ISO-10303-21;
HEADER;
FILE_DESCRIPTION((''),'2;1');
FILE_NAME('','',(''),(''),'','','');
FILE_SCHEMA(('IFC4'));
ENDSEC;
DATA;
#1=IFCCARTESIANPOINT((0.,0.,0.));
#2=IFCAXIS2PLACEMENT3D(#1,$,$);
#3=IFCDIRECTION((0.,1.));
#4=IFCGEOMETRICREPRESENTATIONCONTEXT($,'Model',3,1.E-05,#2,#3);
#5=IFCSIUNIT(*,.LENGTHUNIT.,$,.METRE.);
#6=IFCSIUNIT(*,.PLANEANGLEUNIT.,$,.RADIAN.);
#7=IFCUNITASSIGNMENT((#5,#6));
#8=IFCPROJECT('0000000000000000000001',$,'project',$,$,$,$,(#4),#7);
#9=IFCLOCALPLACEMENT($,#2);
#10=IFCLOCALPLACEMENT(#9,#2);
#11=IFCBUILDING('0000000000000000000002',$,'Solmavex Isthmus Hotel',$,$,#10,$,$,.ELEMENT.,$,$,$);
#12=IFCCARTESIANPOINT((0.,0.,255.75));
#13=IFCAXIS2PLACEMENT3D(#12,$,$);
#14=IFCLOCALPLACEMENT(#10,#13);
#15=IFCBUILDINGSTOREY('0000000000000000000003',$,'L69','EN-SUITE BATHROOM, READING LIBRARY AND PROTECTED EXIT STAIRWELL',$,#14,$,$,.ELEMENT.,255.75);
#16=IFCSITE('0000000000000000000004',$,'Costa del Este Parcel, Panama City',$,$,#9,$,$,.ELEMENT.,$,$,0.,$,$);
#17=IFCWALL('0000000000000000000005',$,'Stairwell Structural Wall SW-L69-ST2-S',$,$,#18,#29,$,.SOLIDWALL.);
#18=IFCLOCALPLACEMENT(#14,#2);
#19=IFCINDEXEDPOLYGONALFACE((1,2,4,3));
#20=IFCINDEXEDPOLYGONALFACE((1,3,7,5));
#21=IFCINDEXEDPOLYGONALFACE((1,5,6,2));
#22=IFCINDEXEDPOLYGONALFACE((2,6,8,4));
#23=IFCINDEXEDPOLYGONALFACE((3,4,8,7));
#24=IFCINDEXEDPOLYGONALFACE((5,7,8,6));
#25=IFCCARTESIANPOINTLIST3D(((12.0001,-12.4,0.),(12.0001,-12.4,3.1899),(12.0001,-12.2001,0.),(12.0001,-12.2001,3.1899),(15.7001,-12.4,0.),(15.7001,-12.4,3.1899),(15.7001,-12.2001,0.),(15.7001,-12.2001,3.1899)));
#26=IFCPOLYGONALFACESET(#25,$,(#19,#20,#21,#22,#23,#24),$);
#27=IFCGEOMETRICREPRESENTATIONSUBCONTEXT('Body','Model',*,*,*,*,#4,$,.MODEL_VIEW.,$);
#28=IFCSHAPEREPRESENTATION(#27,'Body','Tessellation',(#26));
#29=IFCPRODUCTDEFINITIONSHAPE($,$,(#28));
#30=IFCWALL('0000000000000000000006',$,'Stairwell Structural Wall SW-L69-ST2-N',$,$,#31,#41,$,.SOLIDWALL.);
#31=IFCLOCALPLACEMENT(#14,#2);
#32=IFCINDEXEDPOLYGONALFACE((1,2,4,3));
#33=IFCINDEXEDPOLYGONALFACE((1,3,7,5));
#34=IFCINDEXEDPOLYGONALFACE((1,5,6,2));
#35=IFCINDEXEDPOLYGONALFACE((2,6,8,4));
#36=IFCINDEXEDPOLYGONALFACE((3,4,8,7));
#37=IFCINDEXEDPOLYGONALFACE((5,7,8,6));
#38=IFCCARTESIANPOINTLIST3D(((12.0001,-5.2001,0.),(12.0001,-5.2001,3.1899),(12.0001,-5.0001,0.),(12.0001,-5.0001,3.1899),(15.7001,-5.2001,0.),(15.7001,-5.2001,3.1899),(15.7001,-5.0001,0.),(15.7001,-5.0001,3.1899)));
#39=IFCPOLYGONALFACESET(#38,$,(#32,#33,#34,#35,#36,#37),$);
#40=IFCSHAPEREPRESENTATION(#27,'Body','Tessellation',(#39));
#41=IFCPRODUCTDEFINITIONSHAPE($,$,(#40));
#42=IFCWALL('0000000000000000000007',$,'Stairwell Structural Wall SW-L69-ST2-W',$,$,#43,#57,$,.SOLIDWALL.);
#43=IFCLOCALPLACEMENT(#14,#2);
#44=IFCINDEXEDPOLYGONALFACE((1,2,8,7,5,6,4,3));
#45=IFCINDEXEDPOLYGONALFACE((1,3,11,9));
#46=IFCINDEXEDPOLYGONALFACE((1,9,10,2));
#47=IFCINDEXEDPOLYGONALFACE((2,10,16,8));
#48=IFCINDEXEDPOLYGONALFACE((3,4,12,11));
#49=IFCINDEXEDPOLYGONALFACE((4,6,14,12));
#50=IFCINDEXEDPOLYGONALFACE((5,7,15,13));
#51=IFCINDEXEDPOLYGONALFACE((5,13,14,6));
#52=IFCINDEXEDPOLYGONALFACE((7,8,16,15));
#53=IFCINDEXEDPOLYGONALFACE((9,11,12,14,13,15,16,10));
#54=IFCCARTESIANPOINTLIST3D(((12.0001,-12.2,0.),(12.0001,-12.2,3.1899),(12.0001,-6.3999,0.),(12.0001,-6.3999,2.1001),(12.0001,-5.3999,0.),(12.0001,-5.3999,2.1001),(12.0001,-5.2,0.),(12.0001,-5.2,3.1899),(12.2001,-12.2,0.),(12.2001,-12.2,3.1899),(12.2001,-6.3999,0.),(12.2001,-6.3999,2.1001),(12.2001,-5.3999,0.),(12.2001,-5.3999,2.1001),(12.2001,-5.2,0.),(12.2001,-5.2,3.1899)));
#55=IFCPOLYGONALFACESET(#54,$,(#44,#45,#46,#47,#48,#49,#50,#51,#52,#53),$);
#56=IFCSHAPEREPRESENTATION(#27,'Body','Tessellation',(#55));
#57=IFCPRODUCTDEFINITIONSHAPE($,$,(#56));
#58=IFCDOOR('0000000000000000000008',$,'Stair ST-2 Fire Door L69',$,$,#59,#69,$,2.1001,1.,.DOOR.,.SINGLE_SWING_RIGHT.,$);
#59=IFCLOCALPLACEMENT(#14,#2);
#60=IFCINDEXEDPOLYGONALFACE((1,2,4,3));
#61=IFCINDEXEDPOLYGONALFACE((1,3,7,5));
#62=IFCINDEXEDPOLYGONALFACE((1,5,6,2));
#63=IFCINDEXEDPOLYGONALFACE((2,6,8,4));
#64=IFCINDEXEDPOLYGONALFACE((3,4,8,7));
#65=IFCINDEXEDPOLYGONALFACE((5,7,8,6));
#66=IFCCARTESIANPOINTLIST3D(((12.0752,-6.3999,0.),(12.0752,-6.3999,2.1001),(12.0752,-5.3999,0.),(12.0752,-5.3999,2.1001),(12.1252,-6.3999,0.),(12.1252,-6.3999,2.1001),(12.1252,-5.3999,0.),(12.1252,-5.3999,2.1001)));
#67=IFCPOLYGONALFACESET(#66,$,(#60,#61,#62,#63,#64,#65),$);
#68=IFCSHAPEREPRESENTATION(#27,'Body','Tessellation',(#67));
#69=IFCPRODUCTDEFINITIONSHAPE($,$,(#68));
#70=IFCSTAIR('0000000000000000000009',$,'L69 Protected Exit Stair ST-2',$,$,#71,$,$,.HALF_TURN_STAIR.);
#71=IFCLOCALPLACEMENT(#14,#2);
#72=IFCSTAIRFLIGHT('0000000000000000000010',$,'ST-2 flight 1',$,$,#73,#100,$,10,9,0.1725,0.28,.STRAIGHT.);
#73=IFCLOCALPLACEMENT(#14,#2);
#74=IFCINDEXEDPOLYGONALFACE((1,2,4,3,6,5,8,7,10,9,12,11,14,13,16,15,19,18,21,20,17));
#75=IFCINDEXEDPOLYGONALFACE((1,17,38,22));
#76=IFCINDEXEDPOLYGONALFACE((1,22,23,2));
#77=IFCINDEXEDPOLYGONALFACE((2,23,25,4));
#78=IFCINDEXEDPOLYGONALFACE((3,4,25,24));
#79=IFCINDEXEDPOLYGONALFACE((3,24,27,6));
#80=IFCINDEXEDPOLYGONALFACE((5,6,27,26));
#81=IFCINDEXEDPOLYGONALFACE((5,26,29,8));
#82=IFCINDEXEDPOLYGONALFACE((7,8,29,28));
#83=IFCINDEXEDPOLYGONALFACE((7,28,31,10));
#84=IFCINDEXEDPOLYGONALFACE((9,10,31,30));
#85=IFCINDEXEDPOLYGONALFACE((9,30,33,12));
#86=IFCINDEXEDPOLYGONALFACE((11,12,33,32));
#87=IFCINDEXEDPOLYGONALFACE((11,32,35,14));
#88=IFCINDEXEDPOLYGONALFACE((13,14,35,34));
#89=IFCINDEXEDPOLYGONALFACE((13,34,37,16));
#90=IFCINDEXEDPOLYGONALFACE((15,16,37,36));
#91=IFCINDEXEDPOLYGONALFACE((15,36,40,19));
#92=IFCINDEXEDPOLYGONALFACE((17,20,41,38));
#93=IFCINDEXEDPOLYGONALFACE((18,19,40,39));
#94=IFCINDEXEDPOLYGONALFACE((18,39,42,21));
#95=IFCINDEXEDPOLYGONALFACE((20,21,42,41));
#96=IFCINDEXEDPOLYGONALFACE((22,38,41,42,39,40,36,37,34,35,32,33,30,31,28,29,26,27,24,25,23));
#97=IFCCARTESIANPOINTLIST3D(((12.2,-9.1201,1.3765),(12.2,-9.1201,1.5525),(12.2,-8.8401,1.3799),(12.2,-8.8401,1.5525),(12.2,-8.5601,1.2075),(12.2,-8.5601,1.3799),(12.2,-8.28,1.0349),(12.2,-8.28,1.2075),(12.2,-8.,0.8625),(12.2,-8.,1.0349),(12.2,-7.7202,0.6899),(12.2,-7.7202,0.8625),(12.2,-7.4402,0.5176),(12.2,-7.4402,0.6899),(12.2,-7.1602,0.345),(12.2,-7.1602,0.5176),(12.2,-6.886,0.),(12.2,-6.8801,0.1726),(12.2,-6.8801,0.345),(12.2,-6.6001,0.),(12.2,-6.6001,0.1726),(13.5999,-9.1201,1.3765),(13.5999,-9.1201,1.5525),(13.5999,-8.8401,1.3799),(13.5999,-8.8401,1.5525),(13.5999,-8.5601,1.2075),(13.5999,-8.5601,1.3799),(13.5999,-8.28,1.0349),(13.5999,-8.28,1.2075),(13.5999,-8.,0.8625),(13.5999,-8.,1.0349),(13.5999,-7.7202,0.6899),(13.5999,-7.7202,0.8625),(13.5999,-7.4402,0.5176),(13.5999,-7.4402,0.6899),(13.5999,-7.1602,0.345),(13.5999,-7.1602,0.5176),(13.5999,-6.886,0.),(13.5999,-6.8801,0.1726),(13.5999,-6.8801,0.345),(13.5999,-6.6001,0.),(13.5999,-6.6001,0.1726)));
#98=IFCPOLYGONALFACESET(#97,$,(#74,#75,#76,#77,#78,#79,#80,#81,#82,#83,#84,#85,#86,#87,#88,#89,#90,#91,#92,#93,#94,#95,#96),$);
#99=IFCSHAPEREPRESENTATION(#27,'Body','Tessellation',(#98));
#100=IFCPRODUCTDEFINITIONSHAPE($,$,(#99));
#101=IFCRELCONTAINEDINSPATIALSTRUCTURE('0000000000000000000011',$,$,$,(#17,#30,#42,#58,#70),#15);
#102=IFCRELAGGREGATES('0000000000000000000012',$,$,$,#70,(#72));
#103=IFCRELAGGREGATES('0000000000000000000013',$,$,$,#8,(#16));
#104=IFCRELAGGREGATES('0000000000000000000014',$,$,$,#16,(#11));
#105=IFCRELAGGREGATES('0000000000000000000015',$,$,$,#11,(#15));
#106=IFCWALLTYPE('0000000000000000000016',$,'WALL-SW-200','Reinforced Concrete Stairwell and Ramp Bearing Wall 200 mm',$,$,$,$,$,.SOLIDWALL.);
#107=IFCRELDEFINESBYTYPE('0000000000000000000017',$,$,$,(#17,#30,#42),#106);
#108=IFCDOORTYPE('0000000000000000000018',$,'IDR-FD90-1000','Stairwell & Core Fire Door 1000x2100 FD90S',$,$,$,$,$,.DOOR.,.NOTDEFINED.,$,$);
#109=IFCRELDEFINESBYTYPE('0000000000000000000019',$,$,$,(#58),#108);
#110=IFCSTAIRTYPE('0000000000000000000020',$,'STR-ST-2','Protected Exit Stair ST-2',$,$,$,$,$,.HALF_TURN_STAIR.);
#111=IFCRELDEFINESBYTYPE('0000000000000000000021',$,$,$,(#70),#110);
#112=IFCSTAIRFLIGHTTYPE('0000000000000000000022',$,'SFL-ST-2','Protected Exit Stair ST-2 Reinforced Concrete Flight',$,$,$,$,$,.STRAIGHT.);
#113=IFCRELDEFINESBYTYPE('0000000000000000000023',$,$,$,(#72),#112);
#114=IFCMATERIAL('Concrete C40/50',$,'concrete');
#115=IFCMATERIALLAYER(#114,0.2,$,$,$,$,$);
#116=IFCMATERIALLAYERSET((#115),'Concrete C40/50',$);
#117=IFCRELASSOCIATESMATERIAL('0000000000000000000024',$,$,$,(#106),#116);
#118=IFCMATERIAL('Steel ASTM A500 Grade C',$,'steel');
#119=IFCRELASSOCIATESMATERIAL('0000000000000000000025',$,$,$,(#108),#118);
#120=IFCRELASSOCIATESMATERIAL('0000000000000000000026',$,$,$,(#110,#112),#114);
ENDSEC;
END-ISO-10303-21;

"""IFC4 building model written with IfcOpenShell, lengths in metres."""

from ifc_helpers import new_model, si_unit, direction, frame, frame_2d, origin, place, context, subcontext, project, spatial, polyline, rectangle, outline, extrude, material, layer, layer_set, type_object, element, fill, aggregate, save


model = new_model("IFC4")

# Units and contexts
model_context = context("Model", 3, precision=1e-05, world=origin(), true_north=direction((0.0, 1.0)))
body_context = subcontext(model_context, "Body", "Model", "MODEL_VIEW")
ifc_project = project(units=[si_unit("LENGTHUNIT", "METRE"), si_unit("PLANEANGLEUNIT", "RADIAN")], contexts=[model_context])

# Site, building, storey
site_placement = place(None, origin())
site = spatial("IfcSite", under=ifc_project, at=site_placement, Name="Costa del Este Parcel, Panama City", CompositionType="ELEMENT", RefElevation=0.0)
building_placement = place(site_placement, origin())
building = spatial("IfcBuilding", under=site, at=building_placement, Name="Solmavex Isthmus Hotel", CompositionType="ELEMENT")
storey_placement = place(building_placement, frame((0.0, 0.0, 255.75)))
storey = spatial("IfcBuildingStorey", under=building, at=storey_placement, Name="L69", Description="EN-SUITE BATHROOM, READING LIBRARY AND PROTECTED EXIT STAIRWELL", CompositionType="ELEMENT", Elevation=255.75)

# Shared definitions
ifc_material_1 = material(Name="Concrete C40/50", Category="concrete")

# Shared definitions
ifc_material_2 = material(Name="Steel ASTM A500 Grade C", Category="steel")

# Walls
ifc_layer_1 = layer(ifc_material_1, 0.2)
ifc_layer_set_1 = layer_set([ifc_layer_1], Name="Concrete C40/50")
wall_type_1 = type_object("IfcWallType", Name="WALL-SW-200", Description="Reinforced Concrete Stairwell and Ramp Bearing Wall 200 mm", PredefinedType="SOLIDWALL", material=ifc_layer_set_1)
for number, where, z_axis, x_axis, name in (
    (1, (12.0, -12.3, 0.0), (0.0, 0.0, 1.0), (1.0, 0.0, 0.0), "Stairwell Structural Wall SW-L69-ST2-S"),
    (2, (12.0, -5.1001, 0.0), (0.0, 0.0, 1.0), (1.0, 0.0, 0.0), "Stairwell Structural Wall SW-L69-ST2-N"),
):
    element("IfcWall", number, at=place(storey_placement, frame(where, z_axis=z_axis, x_axis=x_axis)), inside=storey, type_object=wall_type_1, Name=name, PredefinedType="SOLIDWALL", context=body_context, shape_type="SweptSolid", body=[
        extrude(rectangle(XDim=3.7, YDim=0.2, at=frame_2d((1.8501, 0.0))), origin(), (0.0, 0.0, 1.0), 3.1899),
    ])

# Wall, opening, door
wall_1_placement = place(storey_placement, frame((12.1001, -12.2, 0.0), z_axis=(0.0, 0.0, 1.0), x_axis=(0.0, 1.0, 0.0)))
wall_1 = element("IfcWall", 3, at=wall_1_placement, inside=storey, type_object=wall_type_1, Name="Stairwell Structural Wall SW-L69-ST2-W", PredefinedType="SOLIDWALL", context=body_context, shape_type="SweptSolid", body=[
    extrude(rectangle(XDim=7.0, YDim=0.2, at=frame_2d((3.5, 0.0))), origin(), (0.0, 0.0, 1.0), 3.1899),
])
opening_1_placement = place(wall_1_placement, frame((5.8, 0.0, 0.0)))
opening_1 = element("IfcOpeningElement", 4, at=opening_1_placement, cuts=wall_1, PredefinedType="OPENING", context=body_context, shape_type="SweptSolid", body=[
    extrude(rectangle(XDim=1.0, YDim=2.1001, at=frame_2d((0.5, 1.05))), frame((0.0, 0.1099, 0.0), z_axis=(0.0, -1.0, 0.0), x_axis=(1.0, 0.0, 0.0)), (0.0, 0.0, 1.0), 0.22),
])
door_type_1 = type_object("IfcDoorType", Name="IDR-FD90-1000", Description="Stairwell & Core Fire Door 1000x2100 FD90S", OperationType="NOTDEFINED", PredefinedType="DOOR", material=ifc_material_2)
door_1_placement = place(opening_1_placement, origin())
door_1 = element("IfcDoor", 5, at=door_1_placement, inside=storey, type_object=door_type_1, Name="Stair ST-2 Fire Door L69", OperationType="SINGLE_SWING_RIGHT", OverallHeight=2.1001, OverallWidth=1.0, PredefinedType="DOOR", context=body_context, shape_type="SweptSolid", body=[
    extrude(rectangle(XDim=1.0, YDim=2.1001, at=frame_2d((0.5, 1.05))), frame((0.0, 0.0249, 0.0), z_axis=(0.0, -1.0, 0.0), x_axis=(1.0, 0.0, 0.0)), (0.0, 0.0, 1.0), 0.05),
])
fill(opening_1, door_1)

# Stair, stair flight
stair_type = type_object("IfcStairType", Name="STR-ST-2", Description="Protected Exit Stair ST-2", PredefinedType="HALF_TURN_STAIR", material=ifc_material_1)
stair_placement = place(storey_placement, origin())
stair = element("IfcStair", 6, at=stair_placement, inside=storey, type_object=stair_type, Name="L69 Protected Exit Stair ST-2", PredefinedType="HALF_TURN_STAIR")
stair_flight_type = type_object("IfcStairFlightType", Name="SFL-ST-2", Description="Protected Exit Stair ST-2 Reinforced Concrete Flight", PredefinedType="STRAIGHT", material=ifc_material_1)
stair_flight_placement = place(storey_placement, frame((12.8999, -6.6001, 0.0), z_axis=(0.0, 0.0, 1.0), x_axis=(0.0, -1.0, 0.0)))
stair_flight = element("IfcStairFlight", 7, at=stair_flight_placement, type_object=stair_flight_type, Name="ST-2 flight 1", NumberOfRisers=10, NumberOfTreads=9, PredefinedType="STRAIGHT", RiserHeight=0.1725, TreadLength=0.28, context=body_context, shape_type="SweptSolid", body=[
    extrude(outline(polyline([(0.0, 0.0), (0.0, 0.1726), (0.28, 0.1726), (0.28, 0.345), (0.5601, 0.345), (0.5601, 0.5176), (0.8401, 0.5176), (0.8401, 0.6899), (1.1201, 0.6899), (1.1201, 0.8625), (1.3999, 0.8625), (1.3999, 1.0349), (1.6799, 1.0349), (1.6799, 1.2075), (1.96, 1.2075), (1.96, 1.3799), (2.24, 1.3799), (2.24, 1.5525), (2.52, 1.5525), (2.52, 1.7251), (2.52, 1.3765), (0.2859, 0.0), (0.0, 0.0)])), frame((0.0, 0.7, 0.0), z_axis=(0.0, -1.0, 0.0), x_axis=(1.0, 0.0, 0.0)), (0.0, 0.0, 1.0), 1.3999),
])
aggregate(stair, [stair_flight])

save(model, "model.ifc")
